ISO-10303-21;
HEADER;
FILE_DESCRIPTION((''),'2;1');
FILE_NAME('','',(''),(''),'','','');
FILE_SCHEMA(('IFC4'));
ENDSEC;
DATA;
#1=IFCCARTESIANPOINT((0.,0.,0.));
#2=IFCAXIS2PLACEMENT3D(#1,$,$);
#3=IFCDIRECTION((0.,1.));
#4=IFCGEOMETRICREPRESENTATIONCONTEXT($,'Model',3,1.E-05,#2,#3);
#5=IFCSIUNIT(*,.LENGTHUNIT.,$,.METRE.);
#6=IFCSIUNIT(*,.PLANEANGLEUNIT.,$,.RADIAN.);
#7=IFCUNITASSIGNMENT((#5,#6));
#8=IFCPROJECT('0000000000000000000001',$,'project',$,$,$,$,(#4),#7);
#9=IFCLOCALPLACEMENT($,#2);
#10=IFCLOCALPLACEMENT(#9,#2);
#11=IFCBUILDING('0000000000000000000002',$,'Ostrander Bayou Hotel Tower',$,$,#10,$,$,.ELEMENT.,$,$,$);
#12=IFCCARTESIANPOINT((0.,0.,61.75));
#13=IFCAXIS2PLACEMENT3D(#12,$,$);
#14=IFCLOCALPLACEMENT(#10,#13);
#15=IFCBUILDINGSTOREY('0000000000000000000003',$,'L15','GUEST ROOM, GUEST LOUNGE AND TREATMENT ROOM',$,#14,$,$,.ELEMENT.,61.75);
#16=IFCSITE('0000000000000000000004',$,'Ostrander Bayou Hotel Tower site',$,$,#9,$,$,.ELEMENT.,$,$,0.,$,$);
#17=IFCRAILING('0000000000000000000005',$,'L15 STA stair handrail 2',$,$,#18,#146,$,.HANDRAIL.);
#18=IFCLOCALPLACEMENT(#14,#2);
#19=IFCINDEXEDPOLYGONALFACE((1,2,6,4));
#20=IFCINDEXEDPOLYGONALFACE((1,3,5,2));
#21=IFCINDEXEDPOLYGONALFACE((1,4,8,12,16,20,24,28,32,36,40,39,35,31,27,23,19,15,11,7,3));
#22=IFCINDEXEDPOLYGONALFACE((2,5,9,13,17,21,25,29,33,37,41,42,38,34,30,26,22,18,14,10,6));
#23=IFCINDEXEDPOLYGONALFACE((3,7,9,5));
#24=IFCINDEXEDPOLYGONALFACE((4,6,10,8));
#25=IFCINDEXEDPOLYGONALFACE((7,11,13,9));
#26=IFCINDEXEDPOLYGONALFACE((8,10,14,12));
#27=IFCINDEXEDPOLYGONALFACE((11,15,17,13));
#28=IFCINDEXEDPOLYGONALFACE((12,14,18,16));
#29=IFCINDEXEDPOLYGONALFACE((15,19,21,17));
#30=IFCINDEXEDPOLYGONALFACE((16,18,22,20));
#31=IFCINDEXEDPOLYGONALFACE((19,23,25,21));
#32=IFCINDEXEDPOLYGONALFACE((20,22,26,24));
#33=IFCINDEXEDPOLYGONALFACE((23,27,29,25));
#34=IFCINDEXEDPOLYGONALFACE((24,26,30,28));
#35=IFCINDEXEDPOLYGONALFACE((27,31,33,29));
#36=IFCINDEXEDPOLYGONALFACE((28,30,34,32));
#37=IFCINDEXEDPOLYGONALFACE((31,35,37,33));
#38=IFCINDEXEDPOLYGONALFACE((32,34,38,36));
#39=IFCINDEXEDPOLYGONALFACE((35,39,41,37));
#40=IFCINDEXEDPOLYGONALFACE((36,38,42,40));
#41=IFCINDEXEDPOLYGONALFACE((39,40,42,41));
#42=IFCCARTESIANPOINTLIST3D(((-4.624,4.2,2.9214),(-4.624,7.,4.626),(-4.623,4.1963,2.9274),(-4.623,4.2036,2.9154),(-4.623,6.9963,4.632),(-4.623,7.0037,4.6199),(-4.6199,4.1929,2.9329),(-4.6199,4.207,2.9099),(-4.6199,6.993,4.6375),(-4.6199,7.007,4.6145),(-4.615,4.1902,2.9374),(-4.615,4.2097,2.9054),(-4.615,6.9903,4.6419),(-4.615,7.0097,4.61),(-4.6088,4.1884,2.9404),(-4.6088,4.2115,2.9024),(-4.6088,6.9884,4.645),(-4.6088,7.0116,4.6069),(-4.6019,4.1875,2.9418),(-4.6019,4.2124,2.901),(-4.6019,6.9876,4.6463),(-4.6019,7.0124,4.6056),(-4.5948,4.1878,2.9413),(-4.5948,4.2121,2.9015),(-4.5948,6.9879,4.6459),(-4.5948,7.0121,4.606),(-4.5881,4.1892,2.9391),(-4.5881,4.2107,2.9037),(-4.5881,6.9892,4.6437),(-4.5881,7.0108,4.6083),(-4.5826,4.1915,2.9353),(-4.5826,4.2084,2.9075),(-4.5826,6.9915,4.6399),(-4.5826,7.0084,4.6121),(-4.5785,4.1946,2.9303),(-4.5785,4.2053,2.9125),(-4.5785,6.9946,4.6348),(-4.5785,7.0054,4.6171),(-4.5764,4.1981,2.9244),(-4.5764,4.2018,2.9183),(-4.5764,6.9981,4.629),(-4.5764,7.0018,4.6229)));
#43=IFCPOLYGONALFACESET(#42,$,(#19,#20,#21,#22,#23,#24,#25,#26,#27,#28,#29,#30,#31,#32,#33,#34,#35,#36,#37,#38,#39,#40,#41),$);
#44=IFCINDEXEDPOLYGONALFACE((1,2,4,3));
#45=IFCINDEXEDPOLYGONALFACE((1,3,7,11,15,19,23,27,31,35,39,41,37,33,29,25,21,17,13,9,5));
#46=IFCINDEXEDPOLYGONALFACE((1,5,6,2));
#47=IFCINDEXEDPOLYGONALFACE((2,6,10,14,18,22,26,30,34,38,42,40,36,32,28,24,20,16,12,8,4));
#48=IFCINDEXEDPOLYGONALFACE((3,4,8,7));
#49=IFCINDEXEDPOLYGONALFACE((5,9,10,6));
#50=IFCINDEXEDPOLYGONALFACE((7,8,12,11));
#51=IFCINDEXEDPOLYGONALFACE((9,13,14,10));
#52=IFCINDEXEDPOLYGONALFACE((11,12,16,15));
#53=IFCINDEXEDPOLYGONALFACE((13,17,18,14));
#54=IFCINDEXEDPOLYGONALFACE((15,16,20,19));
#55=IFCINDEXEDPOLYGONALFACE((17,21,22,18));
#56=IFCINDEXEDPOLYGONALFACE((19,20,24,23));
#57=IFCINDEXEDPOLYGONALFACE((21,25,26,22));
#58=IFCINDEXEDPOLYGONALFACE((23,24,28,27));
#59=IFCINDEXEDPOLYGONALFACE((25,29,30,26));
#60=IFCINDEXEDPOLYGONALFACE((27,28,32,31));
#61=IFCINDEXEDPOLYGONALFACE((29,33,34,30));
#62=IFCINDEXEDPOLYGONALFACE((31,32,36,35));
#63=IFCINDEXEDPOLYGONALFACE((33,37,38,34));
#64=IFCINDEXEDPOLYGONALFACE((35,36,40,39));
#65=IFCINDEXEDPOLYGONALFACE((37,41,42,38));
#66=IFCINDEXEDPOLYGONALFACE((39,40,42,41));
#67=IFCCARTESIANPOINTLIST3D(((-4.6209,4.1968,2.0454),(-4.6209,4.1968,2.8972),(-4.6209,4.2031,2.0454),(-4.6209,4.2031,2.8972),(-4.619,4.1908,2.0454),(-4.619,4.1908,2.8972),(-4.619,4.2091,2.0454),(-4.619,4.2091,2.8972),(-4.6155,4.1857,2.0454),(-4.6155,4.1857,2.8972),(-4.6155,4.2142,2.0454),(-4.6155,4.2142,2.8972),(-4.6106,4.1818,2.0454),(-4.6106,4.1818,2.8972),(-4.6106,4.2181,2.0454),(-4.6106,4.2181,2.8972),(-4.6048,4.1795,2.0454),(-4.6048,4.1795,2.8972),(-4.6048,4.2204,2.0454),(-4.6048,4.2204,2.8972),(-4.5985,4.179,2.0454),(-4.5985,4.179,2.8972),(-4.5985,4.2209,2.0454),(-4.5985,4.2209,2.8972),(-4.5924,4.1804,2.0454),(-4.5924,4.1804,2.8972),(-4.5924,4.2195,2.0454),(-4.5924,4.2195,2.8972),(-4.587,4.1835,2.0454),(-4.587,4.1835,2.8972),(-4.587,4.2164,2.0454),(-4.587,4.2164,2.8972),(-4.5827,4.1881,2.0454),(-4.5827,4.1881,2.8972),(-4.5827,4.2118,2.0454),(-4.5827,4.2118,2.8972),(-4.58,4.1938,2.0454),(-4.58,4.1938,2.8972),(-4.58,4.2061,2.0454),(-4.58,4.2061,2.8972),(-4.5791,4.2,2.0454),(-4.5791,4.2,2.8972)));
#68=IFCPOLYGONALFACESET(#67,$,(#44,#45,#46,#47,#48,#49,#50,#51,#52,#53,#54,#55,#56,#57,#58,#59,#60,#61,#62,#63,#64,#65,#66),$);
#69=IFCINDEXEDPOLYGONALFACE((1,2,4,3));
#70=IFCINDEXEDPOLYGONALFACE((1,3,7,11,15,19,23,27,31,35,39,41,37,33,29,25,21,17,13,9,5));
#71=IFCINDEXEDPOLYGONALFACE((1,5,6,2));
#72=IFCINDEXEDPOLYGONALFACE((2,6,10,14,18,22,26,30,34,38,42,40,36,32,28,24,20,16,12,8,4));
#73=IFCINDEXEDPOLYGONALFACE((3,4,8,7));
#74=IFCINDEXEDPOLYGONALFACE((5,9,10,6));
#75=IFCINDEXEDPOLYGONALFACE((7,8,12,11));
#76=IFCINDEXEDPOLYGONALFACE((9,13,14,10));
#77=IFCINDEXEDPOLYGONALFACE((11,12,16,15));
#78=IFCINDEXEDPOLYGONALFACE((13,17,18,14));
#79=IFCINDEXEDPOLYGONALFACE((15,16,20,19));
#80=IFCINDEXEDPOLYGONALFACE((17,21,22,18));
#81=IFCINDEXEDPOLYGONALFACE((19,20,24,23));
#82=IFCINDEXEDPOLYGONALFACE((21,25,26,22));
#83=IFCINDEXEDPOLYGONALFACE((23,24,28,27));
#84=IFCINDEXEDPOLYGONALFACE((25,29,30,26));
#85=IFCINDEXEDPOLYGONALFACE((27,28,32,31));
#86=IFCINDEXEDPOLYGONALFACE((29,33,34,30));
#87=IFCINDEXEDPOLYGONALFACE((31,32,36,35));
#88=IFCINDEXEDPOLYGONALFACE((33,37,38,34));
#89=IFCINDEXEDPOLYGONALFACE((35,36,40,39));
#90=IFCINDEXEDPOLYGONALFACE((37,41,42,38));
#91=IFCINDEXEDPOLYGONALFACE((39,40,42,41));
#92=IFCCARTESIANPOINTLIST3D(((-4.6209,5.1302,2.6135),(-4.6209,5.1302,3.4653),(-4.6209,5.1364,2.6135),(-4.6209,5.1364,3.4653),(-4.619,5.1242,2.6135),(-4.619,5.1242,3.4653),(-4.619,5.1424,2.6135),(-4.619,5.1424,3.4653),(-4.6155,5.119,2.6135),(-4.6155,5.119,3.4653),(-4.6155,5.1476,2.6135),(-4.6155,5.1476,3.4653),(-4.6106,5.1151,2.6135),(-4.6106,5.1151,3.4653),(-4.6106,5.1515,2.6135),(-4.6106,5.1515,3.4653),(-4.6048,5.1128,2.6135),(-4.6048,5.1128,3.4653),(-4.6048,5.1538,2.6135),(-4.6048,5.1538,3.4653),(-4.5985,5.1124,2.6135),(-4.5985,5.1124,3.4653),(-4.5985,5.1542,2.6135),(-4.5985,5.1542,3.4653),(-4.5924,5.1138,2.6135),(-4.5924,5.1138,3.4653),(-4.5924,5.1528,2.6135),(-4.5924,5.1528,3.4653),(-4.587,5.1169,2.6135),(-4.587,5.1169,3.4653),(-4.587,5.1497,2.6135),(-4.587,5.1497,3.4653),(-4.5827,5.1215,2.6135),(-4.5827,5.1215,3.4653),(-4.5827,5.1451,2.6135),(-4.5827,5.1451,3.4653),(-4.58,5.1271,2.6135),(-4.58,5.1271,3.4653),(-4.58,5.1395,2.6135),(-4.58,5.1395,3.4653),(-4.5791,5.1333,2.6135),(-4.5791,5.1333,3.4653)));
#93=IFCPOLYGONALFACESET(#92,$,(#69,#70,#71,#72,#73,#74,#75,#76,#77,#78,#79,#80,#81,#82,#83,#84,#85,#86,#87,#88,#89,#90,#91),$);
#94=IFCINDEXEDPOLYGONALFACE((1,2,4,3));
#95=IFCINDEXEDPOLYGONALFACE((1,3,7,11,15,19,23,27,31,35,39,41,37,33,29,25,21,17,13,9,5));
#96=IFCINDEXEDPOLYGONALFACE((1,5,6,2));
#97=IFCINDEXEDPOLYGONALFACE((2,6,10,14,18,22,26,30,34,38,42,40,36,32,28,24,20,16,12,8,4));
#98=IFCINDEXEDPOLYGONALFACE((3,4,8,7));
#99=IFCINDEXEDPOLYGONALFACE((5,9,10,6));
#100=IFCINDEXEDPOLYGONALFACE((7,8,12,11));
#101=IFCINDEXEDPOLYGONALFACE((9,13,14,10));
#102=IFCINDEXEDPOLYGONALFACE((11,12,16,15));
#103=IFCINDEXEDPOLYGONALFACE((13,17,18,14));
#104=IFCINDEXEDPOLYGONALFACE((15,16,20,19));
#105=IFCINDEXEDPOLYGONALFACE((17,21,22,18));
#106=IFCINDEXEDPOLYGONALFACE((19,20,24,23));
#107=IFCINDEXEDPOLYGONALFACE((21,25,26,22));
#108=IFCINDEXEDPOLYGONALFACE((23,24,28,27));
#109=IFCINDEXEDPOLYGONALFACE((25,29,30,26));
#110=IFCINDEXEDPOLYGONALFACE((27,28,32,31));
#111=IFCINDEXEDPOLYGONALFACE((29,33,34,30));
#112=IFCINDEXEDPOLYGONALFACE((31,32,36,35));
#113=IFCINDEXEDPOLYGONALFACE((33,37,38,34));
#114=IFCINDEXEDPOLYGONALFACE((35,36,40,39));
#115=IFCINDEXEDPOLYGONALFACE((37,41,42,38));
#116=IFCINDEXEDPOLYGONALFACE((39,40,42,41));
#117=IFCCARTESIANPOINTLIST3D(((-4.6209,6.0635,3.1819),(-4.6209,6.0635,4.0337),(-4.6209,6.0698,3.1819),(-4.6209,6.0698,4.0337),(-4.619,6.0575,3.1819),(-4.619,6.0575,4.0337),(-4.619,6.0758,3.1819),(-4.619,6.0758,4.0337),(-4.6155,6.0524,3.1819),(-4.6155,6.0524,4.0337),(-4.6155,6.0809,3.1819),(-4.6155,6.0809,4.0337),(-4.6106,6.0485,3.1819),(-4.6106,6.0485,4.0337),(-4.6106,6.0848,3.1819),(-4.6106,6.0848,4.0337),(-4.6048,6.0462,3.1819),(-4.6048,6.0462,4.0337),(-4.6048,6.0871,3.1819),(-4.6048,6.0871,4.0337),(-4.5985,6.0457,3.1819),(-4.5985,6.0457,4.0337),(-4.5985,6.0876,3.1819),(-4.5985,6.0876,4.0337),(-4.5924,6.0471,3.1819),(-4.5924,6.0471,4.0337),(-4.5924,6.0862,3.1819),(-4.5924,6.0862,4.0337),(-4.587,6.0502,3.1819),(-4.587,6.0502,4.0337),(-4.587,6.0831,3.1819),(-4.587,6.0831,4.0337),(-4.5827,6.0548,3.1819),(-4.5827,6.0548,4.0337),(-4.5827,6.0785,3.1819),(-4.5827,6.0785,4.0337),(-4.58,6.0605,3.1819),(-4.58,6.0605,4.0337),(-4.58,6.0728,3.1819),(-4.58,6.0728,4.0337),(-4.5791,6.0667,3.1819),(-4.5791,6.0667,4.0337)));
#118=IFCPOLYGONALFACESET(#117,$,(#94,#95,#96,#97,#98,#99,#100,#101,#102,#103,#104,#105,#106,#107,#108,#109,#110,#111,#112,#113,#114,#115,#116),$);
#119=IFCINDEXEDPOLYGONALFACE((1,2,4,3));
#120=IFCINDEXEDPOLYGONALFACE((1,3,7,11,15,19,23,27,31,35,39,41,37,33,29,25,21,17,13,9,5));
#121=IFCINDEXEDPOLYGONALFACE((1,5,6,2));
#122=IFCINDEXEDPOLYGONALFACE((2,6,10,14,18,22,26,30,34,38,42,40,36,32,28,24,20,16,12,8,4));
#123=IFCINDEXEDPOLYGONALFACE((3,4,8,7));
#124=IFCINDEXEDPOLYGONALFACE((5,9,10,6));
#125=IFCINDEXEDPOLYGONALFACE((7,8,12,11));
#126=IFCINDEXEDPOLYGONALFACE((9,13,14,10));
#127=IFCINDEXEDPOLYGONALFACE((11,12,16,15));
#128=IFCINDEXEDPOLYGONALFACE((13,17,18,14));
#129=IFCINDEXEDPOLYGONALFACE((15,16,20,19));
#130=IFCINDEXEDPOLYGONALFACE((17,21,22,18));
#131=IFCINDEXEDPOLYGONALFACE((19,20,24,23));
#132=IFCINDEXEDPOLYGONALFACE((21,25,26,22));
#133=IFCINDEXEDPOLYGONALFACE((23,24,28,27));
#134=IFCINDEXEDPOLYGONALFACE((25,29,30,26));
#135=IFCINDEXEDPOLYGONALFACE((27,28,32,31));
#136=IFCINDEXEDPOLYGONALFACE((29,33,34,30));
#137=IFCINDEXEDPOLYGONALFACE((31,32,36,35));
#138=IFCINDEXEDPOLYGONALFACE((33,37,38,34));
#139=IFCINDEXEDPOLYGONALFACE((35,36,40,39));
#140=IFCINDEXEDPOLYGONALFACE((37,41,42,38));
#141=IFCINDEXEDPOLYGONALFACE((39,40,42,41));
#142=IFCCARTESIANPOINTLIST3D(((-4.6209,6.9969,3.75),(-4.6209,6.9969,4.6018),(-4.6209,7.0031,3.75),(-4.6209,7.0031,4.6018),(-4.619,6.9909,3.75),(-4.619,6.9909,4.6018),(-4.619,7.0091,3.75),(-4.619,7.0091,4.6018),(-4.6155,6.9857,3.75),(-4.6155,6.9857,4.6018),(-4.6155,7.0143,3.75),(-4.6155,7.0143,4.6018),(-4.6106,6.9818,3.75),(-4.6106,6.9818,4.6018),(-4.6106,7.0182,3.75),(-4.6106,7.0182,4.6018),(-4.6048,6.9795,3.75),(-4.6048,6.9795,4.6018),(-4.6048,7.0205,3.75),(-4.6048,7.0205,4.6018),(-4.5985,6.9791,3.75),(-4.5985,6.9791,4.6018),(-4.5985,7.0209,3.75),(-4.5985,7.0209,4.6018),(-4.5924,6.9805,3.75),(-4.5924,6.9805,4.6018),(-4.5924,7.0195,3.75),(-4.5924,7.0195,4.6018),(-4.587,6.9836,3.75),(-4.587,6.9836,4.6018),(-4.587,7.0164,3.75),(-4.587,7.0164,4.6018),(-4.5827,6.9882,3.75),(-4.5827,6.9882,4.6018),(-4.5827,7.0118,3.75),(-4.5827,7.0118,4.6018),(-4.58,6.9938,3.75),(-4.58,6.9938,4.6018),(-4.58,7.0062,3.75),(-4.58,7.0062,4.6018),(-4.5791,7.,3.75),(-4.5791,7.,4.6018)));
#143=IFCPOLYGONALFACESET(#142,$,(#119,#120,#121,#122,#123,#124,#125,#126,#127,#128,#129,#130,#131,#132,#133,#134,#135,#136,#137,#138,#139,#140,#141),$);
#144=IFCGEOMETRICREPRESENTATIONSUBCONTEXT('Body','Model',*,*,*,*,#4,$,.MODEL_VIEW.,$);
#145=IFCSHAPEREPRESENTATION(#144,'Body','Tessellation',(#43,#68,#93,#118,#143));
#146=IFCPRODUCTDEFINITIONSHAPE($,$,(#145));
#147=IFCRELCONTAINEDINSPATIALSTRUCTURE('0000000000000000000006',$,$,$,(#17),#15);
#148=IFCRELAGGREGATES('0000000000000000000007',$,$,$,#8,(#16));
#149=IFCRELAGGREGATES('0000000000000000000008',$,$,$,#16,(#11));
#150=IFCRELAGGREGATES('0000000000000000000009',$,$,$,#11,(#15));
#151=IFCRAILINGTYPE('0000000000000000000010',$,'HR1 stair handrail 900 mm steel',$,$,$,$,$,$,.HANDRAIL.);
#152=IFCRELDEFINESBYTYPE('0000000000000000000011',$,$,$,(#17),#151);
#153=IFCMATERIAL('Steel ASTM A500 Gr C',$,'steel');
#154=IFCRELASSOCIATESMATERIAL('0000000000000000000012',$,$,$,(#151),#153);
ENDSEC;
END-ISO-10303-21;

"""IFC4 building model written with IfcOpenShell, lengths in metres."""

from ifc_helpers import new_model, si_unit, direction, frame, origin, origin_2d, place, context, subcontext, project, spatial, circle, extrude, material, type_object, element, save


model = new_model("IFC4")

# Units and contexts
model_context = context("Model", 3, precision=1e-05, world=origin(), true_north=direction((0.0, 1.0)))
body_context = subcontext(model_context, "Body", "Model", "MODEL_VIEW")
ifc_project = project(units=[si_unit("LENGTHUNIT", "METRE"), si_unit("PLANEANGLEUNIT", "RADIAN")], contexts=[model_context])

# Site, building, storey
site_placement = place(None, origin())
site = spatial("IfcSite", under=ifc_project, at=site_placement, Name="Ostrander Bayou Hotel Tower site", CompositionType="ELEMENT", RefElevation=0.0)
building_placement = place(site_placement, origin())
building = spatial("IfcBuilding", under=site, at=building_placement, Name="Ostrander Bayou Hotel Tower", CompositionType="ELEMENT")
storey_placement = place(building_placement, frame((0.0, 0.0, 61.75)))
storey = spatial("IfcBuildingStorey", under=building, at=storey_placement, Name="L15", Description="GUEST ROOM, GUEST LOUNGE AND TREATMENT ROOM", CompositionType="ELEMENT", Elevation=61.75)

# Railing
ifc_material_1 = material(Name="Steel ASTM A500 Gr C", Category="steel")
railing_type_1 = type_object("IfcRailingType", Name="HR1 stair handrail 900 mm steel", PredefinedType="HANDRAIL", material=ifc_material_1)
railing_1_placement = place(storey_placement, frame((-4.6001, 4.2, 2.0454)))
element("IfcRailing", 1, at=railing_1_placement, inside=storey, type_object=railing_type_1, Name="L15 STA stair handrail 2", PredefinedType="HANDRAIL", context=body_context, shape_type="SweptSolid", body=[
    extrude(circle(Radius=0.0239, at=origin_2d()), frame((0.0, 0.0, 0.876), z_axis=(0.0, 0.85417, 0.519994), x_axis=(-1.0, 0.0, 0.0)), (0.0, 0.0, 1.0), 3.2781),
    extrude(circle(Radius=0.021, at=origin_2d()), origin(), (0.0, 0.0, 1.0), 0.8518),
    extrude(circle(Radius=0.021, at=origin_2d()), frame((0.0, 0.9333, 0.5681)), (0.0, 0.0, 1.0), 0.8518),
    extrude(circle(Radius=0.021, at=origin_2d()), frame((0.0, 1.8667, 1.1365)), (0.0, 0.0, 1.0), 0.8518),
    extrude(circle(Radius=0.021, at=origin_2d()), frame((0.0, 2.8, 1.7046)), (0.0, 0.0, 1.0), 0.8518),
])

save(model, "model.ifc")
